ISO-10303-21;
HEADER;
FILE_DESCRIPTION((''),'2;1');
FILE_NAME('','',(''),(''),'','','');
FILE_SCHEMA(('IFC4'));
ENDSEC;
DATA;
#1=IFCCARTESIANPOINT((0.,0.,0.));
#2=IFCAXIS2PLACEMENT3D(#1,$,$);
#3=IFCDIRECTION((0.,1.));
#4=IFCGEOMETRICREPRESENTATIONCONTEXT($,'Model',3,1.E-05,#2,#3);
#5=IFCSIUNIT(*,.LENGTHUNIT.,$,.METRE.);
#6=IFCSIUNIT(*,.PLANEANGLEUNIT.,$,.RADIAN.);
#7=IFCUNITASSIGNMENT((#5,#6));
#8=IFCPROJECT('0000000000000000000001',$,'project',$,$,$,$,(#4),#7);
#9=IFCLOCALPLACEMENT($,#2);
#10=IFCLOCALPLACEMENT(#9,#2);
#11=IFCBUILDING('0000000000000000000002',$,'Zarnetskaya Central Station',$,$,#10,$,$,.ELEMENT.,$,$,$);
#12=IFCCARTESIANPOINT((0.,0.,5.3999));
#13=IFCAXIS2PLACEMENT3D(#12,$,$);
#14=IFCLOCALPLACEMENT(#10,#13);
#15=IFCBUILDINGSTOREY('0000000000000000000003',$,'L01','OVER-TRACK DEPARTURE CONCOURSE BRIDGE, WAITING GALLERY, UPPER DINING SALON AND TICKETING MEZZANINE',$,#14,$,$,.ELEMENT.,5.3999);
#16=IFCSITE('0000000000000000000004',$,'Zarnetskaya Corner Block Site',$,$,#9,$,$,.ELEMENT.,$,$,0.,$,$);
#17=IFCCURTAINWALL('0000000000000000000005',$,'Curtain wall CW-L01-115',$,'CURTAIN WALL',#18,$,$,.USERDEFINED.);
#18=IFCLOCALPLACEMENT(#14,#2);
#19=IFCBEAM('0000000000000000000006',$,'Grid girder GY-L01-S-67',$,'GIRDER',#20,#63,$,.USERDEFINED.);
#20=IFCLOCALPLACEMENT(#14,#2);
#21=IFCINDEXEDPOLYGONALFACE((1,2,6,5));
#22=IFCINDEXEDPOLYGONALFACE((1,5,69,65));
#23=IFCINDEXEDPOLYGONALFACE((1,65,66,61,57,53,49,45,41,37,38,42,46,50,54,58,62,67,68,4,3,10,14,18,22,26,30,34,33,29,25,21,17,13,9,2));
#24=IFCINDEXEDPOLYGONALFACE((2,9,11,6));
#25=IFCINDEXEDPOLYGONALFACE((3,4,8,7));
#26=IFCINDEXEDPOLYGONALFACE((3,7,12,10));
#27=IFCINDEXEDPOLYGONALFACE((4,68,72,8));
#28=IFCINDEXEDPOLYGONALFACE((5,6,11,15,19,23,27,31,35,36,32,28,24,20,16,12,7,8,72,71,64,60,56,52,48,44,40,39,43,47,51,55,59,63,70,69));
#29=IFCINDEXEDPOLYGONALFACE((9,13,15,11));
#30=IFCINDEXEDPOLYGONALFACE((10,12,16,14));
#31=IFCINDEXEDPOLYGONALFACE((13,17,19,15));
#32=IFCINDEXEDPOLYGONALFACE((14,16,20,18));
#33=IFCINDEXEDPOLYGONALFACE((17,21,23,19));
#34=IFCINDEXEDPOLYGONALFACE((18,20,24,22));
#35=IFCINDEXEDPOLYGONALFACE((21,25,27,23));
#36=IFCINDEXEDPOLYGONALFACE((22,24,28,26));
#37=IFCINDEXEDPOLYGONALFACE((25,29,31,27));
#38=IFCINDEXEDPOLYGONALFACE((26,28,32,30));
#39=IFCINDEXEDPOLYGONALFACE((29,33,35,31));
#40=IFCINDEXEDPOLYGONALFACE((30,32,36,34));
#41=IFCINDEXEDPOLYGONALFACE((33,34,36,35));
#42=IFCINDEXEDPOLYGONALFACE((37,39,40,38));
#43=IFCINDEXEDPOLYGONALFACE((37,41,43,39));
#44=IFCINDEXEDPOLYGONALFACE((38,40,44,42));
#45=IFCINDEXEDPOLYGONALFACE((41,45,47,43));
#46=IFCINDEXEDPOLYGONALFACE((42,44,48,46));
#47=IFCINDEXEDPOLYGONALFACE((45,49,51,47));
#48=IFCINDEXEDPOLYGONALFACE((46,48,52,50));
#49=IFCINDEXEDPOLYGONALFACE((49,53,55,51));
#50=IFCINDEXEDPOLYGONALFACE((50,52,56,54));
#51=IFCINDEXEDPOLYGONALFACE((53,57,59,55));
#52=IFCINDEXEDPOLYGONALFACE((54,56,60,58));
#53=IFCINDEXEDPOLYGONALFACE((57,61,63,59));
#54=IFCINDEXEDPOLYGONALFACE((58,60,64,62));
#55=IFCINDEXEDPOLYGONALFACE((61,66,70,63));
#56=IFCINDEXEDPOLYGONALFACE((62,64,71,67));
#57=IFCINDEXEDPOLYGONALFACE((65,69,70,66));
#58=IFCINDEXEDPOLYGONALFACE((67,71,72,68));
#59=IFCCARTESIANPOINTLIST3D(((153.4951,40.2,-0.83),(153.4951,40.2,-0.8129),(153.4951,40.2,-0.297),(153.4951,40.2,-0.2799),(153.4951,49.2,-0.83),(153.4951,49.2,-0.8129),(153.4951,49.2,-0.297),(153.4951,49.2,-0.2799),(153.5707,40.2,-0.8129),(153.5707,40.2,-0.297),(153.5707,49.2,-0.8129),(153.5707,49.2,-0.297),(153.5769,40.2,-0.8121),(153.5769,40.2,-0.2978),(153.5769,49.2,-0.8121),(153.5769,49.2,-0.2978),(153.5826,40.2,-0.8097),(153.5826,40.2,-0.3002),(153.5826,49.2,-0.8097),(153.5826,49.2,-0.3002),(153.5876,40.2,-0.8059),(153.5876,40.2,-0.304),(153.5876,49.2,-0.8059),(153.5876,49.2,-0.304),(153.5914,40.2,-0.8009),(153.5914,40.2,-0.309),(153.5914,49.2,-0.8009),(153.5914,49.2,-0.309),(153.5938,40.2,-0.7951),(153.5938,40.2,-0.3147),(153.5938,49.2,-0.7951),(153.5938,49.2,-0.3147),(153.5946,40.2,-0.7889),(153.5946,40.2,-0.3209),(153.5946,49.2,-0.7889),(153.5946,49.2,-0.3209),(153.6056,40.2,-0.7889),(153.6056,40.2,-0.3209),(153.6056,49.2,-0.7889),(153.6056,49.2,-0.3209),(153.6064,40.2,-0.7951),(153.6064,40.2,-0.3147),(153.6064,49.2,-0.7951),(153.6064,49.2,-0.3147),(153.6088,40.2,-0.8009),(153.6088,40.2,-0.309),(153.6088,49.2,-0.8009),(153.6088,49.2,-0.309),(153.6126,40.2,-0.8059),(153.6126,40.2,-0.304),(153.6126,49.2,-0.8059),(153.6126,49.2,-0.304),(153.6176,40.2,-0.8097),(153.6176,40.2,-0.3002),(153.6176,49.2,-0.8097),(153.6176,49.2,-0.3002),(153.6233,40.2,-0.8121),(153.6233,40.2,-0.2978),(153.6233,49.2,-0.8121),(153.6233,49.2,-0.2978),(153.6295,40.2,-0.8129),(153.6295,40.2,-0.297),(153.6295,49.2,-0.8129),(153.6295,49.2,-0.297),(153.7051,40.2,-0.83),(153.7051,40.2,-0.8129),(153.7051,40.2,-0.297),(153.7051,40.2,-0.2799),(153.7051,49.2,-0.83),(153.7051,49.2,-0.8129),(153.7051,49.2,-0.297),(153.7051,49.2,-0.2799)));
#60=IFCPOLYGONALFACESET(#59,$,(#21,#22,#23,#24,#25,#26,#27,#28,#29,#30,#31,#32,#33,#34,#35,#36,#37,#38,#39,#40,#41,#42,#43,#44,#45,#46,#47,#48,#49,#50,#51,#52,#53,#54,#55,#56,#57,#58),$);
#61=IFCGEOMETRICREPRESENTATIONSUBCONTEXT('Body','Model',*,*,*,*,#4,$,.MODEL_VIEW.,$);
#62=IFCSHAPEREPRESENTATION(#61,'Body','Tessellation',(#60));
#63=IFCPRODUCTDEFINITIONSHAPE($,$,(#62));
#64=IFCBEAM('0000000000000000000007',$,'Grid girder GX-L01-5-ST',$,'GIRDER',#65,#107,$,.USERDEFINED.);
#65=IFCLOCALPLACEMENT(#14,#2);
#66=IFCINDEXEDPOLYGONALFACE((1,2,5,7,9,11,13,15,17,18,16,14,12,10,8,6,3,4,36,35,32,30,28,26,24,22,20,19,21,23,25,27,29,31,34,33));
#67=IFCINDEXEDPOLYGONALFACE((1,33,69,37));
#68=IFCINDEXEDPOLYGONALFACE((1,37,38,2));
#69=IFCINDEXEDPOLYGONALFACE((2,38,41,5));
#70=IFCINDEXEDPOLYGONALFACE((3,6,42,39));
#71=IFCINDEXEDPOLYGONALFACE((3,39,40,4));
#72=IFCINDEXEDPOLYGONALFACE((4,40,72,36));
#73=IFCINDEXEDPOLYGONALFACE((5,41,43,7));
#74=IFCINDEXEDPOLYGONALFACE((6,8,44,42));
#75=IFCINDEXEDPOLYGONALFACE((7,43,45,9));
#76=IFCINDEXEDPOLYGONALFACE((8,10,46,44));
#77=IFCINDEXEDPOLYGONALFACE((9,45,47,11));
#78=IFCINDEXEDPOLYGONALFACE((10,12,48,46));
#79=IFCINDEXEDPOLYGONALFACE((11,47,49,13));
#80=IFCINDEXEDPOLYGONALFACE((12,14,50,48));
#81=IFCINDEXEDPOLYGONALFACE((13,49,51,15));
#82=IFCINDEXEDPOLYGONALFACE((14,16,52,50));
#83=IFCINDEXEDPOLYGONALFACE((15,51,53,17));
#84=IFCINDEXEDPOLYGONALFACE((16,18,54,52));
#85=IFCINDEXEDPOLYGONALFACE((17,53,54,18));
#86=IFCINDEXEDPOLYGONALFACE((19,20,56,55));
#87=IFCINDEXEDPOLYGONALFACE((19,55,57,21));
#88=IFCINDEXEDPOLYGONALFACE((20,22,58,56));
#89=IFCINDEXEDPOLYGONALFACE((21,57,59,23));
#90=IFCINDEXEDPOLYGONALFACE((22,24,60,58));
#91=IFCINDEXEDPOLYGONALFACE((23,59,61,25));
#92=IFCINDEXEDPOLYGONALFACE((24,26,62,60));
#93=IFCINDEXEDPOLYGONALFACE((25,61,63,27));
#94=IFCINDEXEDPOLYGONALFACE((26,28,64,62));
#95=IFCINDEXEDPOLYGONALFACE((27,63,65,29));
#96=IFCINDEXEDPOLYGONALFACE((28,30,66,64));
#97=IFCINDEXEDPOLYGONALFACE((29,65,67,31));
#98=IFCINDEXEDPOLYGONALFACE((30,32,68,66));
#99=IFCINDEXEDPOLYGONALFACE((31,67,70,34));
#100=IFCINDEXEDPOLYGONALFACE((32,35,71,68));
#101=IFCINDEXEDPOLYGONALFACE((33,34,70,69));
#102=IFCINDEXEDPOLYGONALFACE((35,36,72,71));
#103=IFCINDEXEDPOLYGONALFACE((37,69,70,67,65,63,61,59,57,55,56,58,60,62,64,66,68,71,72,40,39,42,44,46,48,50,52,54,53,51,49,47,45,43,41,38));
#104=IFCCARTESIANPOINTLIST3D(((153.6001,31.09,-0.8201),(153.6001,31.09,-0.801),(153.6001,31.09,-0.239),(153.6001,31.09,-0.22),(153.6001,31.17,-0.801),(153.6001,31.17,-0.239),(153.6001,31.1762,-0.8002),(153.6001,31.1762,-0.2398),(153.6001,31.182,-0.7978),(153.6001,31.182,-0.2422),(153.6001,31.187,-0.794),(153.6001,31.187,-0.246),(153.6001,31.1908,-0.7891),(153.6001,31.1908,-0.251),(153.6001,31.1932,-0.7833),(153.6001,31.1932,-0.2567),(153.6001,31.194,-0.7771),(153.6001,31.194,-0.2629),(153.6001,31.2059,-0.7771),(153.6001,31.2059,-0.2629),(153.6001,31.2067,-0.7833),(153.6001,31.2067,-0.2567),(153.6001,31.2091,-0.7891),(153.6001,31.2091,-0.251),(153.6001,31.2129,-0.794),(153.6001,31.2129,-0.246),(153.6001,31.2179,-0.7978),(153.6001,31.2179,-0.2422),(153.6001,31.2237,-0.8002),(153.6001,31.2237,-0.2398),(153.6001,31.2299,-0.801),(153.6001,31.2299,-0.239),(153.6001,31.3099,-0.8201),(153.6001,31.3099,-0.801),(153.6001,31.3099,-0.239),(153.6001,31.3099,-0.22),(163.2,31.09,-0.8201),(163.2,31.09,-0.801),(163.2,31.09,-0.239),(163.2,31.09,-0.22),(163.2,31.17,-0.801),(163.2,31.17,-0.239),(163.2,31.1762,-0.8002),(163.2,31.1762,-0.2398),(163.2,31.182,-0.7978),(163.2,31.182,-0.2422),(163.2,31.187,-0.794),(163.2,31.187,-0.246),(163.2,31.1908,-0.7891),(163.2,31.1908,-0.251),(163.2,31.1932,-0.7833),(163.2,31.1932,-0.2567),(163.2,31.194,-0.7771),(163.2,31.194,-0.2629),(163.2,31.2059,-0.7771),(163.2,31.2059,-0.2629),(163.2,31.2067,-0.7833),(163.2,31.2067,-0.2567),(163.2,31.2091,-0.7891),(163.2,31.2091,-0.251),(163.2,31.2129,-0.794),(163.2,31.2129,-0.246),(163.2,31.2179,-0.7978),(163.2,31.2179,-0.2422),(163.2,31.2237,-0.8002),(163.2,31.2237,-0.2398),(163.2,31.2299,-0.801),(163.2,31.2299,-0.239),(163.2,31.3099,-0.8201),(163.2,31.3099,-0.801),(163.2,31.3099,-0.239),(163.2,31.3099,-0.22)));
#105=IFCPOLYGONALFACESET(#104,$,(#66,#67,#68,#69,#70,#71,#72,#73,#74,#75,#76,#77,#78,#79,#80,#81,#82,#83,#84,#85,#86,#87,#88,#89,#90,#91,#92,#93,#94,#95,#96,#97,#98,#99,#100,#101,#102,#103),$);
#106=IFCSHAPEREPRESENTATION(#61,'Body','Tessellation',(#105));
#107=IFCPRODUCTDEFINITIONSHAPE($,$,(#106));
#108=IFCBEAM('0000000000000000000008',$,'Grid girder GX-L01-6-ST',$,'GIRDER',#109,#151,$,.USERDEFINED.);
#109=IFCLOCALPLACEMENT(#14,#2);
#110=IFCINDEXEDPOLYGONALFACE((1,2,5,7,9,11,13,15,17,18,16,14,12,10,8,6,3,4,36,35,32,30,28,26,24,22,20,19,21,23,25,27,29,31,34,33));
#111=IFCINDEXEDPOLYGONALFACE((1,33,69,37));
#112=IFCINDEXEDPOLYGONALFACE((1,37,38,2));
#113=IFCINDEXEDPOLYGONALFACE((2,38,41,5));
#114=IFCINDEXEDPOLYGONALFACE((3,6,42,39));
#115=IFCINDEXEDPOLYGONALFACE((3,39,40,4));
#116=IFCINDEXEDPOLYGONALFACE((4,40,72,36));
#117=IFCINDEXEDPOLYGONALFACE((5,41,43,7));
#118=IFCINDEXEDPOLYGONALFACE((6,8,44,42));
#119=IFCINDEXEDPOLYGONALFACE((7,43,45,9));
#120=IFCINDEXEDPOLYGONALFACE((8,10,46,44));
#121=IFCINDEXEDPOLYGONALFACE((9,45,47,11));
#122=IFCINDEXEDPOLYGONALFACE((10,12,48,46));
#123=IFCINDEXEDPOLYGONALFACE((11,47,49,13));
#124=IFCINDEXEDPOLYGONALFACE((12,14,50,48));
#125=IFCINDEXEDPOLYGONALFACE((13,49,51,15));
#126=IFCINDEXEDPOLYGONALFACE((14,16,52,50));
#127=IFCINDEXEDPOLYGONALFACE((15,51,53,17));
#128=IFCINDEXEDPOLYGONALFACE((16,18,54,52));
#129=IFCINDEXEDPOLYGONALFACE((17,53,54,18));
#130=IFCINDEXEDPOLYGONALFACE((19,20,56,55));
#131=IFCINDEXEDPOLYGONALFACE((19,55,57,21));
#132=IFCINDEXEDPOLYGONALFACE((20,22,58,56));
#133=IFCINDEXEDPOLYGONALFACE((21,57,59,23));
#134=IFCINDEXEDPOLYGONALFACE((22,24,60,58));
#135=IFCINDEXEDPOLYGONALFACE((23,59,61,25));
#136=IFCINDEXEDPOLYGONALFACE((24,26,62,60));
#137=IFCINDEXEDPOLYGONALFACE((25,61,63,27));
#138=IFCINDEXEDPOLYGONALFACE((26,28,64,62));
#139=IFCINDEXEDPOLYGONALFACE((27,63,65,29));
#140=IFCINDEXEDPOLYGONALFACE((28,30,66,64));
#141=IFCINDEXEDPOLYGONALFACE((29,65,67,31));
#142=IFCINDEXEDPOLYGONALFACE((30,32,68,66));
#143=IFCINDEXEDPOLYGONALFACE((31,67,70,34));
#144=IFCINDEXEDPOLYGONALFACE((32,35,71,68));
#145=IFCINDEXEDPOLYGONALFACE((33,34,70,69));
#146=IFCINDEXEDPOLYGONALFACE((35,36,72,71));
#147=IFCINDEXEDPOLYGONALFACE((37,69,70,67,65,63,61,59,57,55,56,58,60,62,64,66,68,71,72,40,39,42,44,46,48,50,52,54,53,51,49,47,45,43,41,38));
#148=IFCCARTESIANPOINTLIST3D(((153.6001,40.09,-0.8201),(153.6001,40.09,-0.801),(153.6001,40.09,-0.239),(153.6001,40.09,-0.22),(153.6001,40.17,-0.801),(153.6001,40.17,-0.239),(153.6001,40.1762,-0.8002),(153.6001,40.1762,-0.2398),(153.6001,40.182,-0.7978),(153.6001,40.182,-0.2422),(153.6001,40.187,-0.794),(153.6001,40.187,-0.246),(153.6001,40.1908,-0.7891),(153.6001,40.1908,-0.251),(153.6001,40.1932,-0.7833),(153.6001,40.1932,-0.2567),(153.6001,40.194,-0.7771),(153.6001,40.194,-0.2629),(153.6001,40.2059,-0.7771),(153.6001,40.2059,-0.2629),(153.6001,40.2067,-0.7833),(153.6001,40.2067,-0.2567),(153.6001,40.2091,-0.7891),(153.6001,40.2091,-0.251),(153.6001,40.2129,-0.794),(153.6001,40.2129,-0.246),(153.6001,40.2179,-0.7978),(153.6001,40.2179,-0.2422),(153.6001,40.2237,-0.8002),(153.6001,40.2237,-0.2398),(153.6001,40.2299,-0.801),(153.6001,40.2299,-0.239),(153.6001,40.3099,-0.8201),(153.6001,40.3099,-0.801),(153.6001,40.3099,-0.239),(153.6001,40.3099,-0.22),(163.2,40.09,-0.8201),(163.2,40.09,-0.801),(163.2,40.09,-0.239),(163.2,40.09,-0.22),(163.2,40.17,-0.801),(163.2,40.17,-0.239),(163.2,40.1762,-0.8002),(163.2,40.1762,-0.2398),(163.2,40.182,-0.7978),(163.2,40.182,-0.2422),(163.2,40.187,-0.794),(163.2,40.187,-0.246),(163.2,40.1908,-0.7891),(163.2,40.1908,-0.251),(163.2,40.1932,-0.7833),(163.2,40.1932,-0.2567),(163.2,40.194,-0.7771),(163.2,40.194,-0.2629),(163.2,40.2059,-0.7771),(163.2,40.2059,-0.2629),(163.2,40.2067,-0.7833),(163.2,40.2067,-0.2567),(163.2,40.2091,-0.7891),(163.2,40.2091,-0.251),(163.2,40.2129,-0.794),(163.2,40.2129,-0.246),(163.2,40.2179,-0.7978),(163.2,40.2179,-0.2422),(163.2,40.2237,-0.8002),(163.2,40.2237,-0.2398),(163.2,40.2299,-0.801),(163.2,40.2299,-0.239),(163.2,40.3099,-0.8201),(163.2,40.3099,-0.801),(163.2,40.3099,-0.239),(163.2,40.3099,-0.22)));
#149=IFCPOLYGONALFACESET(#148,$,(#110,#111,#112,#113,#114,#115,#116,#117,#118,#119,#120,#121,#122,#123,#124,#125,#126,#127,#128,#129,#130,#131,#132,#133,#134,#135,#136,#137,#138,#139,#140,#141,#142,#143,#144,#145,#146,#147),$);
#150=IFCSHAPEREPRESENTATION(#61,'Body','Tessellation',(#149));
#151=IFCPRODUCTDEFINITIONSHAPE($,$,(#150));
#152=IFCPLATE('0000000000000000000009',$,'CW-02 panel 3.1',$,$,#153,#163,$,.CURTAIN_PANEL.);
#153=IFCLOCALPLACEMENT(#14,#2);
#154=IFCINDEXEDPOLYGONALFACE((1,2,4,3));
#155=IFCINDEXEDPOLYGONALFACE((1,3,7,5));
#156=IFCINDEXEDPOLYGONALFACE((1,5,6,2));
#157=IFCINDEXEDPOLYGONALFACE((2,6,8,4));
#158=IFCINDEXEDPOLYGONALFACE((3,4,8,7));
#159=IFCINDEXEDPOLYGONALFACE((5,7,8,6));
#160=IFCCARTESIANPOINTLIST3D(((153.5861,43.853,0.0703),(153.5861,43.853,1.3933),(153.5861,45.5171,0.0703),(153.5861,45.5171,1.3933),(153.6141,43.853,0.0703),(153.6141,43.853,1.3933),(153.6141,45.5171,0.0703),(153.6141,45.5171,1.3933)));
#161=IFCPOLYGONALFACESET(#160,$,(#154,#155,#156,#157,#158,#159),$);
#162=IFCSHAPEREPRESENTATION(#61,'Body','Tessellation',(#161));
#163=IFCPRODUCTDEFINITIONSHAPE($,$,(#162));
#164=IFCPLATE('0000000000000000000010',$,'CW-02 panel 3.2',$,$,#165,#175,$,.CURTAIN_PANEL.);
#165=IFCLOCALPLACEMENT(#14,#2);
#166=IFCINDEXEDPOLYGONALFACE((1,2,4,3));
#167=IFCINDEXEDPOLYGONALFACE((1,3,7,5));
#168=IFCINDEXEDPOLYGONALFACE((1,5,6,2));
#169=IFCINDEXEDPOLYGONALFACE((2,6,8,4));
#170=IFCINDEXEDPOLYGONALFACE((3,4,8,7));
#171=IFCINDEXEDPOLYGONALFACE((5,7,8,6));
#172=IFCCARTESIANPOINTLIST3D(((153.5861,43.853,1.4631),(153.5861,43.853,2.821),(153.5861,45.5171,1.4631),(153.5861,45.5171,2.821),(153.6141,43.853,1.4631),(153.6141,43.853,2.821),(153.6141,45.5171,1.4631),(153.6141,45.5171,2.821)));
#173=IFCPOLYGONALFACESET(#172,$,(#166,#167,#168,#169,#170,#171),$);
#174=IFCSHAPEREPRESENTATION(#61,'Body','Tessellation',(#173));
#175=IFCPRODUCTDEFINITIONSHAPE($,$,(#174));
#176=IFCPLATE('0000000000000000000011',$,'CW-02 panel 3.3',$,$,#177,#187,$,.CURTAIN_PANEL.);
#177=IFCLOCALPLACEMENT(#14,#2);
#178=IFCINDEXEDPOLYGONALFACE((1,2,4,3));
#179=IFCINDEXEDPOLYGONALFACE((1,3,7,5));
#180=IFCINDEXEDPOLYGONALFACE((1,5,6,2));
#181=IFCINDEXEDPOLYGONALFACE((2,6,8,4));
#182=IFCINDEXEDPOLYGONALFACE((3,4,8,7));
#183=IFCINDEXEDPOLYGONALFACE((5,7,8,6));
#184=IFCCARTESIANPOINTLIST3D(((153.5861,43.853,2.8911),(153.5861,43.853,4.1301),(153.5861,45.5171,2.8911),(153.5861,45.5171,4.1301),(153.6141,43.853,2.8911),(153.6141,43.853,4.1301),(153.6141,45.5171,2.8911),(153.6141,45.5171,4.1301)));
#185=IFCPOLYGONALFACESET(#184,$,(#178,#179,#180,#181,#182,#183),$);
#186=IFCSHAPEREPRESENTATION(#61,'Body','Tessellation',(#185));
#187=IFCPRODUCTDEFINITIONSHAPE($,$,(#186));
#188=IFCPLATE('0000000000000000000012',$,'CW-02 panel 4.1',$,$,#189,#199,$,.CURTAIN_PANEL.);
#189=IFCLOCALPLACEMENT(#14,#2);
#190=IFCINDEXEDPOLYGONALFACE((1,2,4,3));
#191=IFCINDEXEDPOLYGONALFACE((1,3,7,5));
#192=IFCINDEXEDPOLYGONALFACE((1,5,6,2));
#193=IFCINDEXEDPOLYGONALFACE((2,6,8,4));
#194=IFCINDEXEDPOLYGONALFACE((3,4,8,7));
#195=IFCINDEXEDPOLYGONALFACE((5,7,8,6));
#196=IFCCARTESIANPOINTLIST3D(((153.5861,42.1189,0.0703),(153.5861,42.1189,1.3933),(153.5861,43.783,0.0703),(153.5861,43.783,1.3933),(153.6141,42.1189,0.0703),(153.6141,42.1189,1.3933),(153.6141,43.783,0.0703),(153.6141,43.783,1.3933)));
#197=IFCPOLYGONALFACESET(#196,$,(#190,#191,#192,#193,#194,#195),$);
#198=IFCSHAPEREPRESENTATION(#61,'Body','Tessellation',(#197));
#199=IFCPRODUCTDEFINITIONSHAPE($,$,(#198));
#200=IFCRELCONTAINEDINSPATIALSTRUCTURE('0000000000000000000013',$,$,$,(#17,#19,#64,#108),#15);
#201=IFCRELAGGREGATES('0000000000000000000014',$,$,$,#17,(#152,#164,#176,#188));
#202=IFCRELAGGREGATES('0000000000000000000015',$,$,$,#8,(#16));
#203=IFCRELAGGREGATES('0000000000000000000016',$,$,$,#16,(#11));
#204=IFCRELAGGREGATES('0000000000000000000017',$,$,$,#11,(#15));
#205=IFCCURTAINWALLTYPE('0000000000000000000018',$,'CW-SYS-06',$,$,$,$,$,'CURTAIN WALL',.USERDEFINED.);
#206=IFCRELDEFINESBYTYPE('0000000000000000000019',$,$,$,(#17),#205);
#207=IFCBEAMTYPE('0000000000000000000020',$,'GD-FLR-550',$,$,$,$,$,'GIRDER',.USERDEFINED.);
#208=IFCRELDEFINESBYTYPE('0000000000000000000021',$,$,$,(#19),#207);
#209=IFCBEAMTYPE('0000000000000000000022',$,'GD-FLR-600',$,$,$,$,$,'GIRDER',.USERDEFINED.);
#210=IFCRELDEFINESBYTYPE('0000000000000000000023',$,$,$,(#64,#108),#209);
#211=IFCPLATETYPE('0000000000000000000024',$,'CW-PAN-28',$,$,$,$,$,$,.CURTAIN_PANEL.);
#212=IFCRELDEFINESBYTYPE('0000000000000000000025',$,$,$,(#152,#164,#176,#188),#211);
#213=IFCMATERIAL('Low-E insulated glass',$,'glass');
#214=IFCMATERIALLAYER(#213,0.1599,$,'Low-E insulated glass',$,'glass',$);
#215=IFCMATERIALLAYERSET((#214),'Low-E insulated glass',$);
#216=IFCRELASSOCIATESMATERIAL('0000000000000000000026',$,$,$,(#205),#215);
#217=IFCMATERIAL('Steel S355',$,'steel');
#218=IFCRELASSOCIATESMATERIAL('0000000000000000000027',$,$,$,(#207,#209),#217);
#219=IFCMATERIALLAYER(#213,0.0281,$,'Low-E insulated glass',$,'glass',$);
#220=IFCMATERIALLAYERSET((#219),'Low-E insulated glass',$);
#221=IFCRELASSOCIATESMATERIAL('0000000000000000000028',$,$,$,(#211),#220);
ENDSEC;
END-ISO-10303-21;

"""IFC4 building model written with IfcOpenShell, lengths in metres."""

from ifc_helpers import new_model, si_unit, direction, frame, origin, origin_2d, place, context, subcontext, project, spatial, rectangle, i_section, extrude, material, layer, layer_set, material_profile, profile_set, type_object, element, aggregate, save


model = new_model("IFC4")

# Units and contexts
model_context = context("Model", 3, precision=1e-05, world=origin(), true_north=direction((0.0, 1.0)))
body_context = subcontext(model_context, "Body", "Model", "MODEL_VIEW")
ifc_project = project(units=[si_unit("LENGTHUNIT", "METRE"), si_unit("PLANEANGLEUNIT", "RADIAN")], contexts=[model_context])

# Site, building, storey
site_placement = place(None, origin())
site = spatial("IfcSite", under=ifc_project, at=site_placement, Name="Zarnetskaya Corner Block Site", CompositionType="ELEMENT", RefElevation=0.0)
building_placement = place(site_placement, origin())
building = spatial("IfcBuilding", under=site, at=building_placement, Name="Zarnetskaya Central Station", CompositionType="ELEMENT")
storey_placement = place(building_placement, frame((0.0, 0.0, 5.3999)))
storey = spatial("IfcBuildingStorey", under=building, at=storey_placement, Name="L01", Description="OVER-TRACK DEPARTURE CONCOURSE BRIDGE, WAITING GALLERY, UPPER DINING SALON AND TICKETING MEZZANINE", CompositionType="ELEMENT", Elevation=5.3999)

# Shared definitions
ifc_material_1 = material(Name="Steel S355", Category="steel")

# Curtain wall
ifc_material_2 = material(Name="Low-E insulated glass", Category="glass")
ifc_layer_1 = layer(ifc_material_2, 0.1599, Name="Low-E insulated glass", Category="glass")
ifc_layer_set_1 = layer_set([ifc_layer_1], Name="Low-E insulated glass")
curtain_wall_type = type_object("IfcCurtainWallType", Name="CW-SYS-06", ElementType="CURTAIN WALL", PredefinedType="USERDEFINED", material=ifc_layer_set_1)
curtain_wall_1_placement = place(storey_placement, origin())
curtain_wall_1 = element("IfcCurtainWall", 1, at=curtain_wall_1_placement, inside=storey, type_object=curtain_wall_type, Name="Curtain wall CW-L01-115", ObjectType="CURTAIN WALL", PredefinedType="USERDEFINED")

# Beams
ifc_material_profile_1 = material_profile(ifc_material_1, i_section(OverallWidth=0.21, OverallDepth=0.55, WebThickness=0.011, FlangeThickness=0.0171, FilletRadius=0.0239, at=origin_2d()), Name="IPE 550")
ifc_profile_set_1 = profile_set([ifc_material_profile_1], Name="Steel S355")
beam_type_1 = type_object("IfcBeamType", Name="GD-FLR-550", ElementType="GIRDER", PredefinedType="USERDEFINED", material=ifc_profile_set_1)
for number, where, z_axis, x_axis, name in (
    (2, (153.6001, 40.2, -0.5549), (0.0, 1.0, 0.0), (-1.0, 0.0, 0.0), "Grid girder GY-L01-S-67"),
):
    element("IfcBeam", number, at=place(storey_placement, frame(where, z_axis=z_axis, x_axis=x_axis)), inside=storey, type_object=beam_type_1, Name=name, ObjectType="GIRDER", PredefinedType="USERDEFINED", context=body_context, shape_type="SweptSolid", body=[
        extrude(i_section(OverallWidth=0.21, OverallDepth=0.55, WebThickness=0.011, FlangeThickness=0.0171, FilletRadius=0.0239, at=origin_2d()), origin(), (0.0, 0.0, 1.0), 9.0),
    ])
ifc_material_profile_2 = material_profile(ifc_material_1, i_section(OverallWidth=0.22, OverallDepth=0.6001, WebThickness=0.012, FlangeThickness=0.019, FilletRadius=0.0239, at=origin_2d()), Name="IPE 600")
ifc_profile_set_2 = profile_set([ifc_material_profile_2], Name="Steel S355")
beam_type_2 = type_object("IfcBeamType", Name="GD-FLR-600", ElementType="GIRDER", PredefinedType="USERDEFINED", material=ifc_profile_set_2)
for number, where, z_axis, x_axis, name in (
    (3, (153.6001, 31.2, -0.52), (1.0, 0.0, 0.0), (0.0, 1.0, 0.0), "Grid girder GX-L01-5-ST"),
    (4, (153.6001, 40.2, -0.52), (1.0, 0.0, 0.0), (0.0, 1.0, 0.0), "Grid girder GX-L01-6-ST"),
):
    element("IfcBeam", number, at=place(storey_placement, frame(where, z_axis=z_axis, x_axis=x_axis)), inside=storey, type_object=beam_type_2, Name=name, ObjectType="GIRDER", PredefinedType="USERDEFINED", context=body_context, shape_type="SweptSolid", body=[
        extrude(i_section(OverallWidth=0.22, OverallDepth=0.6001, WebThickness=0.012, FlangeThickness=0.019, FilletRadius=0.0239, at=origin_2d()), origin(), (0.0, 0.0, 1.0), 9.5999),
    ])

# Plates
ifc_layer_2 = layer(ifc_material_2, 0.0281, Name="Low-E insulated glass", Category="glass")
ifc_layer_set_2 = layer_set([ifc_layer_2], Name="Low-E insulated glass")
plate_type_1 = type_object("IfcPlateType", Name="CW-PAN-28", PredefinedType="CURTAIN_PANEL", material=ifc_layer_set_2)
plate_1_placement = place(storey_placement, frame((153.6001, 44.6851, 0.0703), z_axis=(0.0, 0.0, 1.0), x_axis=(0.0, -1.0, 0.0)))
plate_1 = element("IfcPlate", 5, at=plate_1_placement, type_object=plate_type_1, Name="CW-02 panel 3.1", PredefinedType="CURTAIN_PANEL", context=body_context, shape_type="SweptSolid", body=[
    extrude(rectangle(XDim=1.6641, YDim=0.0281, at=origin_2d()), origin(), (0.0, 0.0, 1.0), 1.323),
])
plate_2_placement = place(storey_placement, frame((153.6001, 44.6851, 1.4631), z_axis=(0.0, 0.0, 1.0), x_axis=(0.0, -1.0, 0.0)))
plate_2 = element("IfcPlate", 6, at=plate_2_placement, type_object=plate_type_1, Name="CW-02 panel 3.2", PredefinedType="CURTAIN_PANEL", context=body_context, shape_type="SweptSolid", body=[
    extrude(rectangle(XDim=1.6641, YDim=0.0281, at=origin_2d()), origin(), (0.0, 0.0, 1.0), 1.3579),
])
plate_3_placement = place(storey_placement, frame((153.6001, 44.6851, 2.8911), z_axis=(0.0, 0.0, 1.0), x_axis=(0.0, -1.0, 0.0)))
plate_3 = element("IfcPlate", 7, at=plate_3_placement, type_object=plate_type_1, Name="CW-02 panel 3.3", PredefinedType="CURTAIN_PANEL", context=body_context, shape_type="SweptSolid", body=[
    extrude(rectangle(XDim=1.6641, YDim=0.0281, at=origin_2d()), origin(), (0.0, 0.0, 1.0), 1.239),
])
plate_4_placement = place(storey_placement, frame((153.6001, 42.9509, 0.0703), z_axis=(0.0, 0.0, 1.0), x_axis=(0.0, -1.0, 0.0)))
plate_4 = element("IfcPlate", 8, at=plate_4_placement, type_object=plate_type_1, Name="CW-02 panel 4.1", PredefinedType="CURTAIN_PANEL", context=body_context, shape_type="SweptSolid", body=[
    extrude(rectangle(XDim=1.6641, YDim=0.0281, at=origin_2d()), origin(), (0.0, 0.0, 1.0), 1.323),
])
aggregate(curtain_wall_1, [plate_1, plate_2, plate_3, plate_4])

save(model, "model.ifc")
